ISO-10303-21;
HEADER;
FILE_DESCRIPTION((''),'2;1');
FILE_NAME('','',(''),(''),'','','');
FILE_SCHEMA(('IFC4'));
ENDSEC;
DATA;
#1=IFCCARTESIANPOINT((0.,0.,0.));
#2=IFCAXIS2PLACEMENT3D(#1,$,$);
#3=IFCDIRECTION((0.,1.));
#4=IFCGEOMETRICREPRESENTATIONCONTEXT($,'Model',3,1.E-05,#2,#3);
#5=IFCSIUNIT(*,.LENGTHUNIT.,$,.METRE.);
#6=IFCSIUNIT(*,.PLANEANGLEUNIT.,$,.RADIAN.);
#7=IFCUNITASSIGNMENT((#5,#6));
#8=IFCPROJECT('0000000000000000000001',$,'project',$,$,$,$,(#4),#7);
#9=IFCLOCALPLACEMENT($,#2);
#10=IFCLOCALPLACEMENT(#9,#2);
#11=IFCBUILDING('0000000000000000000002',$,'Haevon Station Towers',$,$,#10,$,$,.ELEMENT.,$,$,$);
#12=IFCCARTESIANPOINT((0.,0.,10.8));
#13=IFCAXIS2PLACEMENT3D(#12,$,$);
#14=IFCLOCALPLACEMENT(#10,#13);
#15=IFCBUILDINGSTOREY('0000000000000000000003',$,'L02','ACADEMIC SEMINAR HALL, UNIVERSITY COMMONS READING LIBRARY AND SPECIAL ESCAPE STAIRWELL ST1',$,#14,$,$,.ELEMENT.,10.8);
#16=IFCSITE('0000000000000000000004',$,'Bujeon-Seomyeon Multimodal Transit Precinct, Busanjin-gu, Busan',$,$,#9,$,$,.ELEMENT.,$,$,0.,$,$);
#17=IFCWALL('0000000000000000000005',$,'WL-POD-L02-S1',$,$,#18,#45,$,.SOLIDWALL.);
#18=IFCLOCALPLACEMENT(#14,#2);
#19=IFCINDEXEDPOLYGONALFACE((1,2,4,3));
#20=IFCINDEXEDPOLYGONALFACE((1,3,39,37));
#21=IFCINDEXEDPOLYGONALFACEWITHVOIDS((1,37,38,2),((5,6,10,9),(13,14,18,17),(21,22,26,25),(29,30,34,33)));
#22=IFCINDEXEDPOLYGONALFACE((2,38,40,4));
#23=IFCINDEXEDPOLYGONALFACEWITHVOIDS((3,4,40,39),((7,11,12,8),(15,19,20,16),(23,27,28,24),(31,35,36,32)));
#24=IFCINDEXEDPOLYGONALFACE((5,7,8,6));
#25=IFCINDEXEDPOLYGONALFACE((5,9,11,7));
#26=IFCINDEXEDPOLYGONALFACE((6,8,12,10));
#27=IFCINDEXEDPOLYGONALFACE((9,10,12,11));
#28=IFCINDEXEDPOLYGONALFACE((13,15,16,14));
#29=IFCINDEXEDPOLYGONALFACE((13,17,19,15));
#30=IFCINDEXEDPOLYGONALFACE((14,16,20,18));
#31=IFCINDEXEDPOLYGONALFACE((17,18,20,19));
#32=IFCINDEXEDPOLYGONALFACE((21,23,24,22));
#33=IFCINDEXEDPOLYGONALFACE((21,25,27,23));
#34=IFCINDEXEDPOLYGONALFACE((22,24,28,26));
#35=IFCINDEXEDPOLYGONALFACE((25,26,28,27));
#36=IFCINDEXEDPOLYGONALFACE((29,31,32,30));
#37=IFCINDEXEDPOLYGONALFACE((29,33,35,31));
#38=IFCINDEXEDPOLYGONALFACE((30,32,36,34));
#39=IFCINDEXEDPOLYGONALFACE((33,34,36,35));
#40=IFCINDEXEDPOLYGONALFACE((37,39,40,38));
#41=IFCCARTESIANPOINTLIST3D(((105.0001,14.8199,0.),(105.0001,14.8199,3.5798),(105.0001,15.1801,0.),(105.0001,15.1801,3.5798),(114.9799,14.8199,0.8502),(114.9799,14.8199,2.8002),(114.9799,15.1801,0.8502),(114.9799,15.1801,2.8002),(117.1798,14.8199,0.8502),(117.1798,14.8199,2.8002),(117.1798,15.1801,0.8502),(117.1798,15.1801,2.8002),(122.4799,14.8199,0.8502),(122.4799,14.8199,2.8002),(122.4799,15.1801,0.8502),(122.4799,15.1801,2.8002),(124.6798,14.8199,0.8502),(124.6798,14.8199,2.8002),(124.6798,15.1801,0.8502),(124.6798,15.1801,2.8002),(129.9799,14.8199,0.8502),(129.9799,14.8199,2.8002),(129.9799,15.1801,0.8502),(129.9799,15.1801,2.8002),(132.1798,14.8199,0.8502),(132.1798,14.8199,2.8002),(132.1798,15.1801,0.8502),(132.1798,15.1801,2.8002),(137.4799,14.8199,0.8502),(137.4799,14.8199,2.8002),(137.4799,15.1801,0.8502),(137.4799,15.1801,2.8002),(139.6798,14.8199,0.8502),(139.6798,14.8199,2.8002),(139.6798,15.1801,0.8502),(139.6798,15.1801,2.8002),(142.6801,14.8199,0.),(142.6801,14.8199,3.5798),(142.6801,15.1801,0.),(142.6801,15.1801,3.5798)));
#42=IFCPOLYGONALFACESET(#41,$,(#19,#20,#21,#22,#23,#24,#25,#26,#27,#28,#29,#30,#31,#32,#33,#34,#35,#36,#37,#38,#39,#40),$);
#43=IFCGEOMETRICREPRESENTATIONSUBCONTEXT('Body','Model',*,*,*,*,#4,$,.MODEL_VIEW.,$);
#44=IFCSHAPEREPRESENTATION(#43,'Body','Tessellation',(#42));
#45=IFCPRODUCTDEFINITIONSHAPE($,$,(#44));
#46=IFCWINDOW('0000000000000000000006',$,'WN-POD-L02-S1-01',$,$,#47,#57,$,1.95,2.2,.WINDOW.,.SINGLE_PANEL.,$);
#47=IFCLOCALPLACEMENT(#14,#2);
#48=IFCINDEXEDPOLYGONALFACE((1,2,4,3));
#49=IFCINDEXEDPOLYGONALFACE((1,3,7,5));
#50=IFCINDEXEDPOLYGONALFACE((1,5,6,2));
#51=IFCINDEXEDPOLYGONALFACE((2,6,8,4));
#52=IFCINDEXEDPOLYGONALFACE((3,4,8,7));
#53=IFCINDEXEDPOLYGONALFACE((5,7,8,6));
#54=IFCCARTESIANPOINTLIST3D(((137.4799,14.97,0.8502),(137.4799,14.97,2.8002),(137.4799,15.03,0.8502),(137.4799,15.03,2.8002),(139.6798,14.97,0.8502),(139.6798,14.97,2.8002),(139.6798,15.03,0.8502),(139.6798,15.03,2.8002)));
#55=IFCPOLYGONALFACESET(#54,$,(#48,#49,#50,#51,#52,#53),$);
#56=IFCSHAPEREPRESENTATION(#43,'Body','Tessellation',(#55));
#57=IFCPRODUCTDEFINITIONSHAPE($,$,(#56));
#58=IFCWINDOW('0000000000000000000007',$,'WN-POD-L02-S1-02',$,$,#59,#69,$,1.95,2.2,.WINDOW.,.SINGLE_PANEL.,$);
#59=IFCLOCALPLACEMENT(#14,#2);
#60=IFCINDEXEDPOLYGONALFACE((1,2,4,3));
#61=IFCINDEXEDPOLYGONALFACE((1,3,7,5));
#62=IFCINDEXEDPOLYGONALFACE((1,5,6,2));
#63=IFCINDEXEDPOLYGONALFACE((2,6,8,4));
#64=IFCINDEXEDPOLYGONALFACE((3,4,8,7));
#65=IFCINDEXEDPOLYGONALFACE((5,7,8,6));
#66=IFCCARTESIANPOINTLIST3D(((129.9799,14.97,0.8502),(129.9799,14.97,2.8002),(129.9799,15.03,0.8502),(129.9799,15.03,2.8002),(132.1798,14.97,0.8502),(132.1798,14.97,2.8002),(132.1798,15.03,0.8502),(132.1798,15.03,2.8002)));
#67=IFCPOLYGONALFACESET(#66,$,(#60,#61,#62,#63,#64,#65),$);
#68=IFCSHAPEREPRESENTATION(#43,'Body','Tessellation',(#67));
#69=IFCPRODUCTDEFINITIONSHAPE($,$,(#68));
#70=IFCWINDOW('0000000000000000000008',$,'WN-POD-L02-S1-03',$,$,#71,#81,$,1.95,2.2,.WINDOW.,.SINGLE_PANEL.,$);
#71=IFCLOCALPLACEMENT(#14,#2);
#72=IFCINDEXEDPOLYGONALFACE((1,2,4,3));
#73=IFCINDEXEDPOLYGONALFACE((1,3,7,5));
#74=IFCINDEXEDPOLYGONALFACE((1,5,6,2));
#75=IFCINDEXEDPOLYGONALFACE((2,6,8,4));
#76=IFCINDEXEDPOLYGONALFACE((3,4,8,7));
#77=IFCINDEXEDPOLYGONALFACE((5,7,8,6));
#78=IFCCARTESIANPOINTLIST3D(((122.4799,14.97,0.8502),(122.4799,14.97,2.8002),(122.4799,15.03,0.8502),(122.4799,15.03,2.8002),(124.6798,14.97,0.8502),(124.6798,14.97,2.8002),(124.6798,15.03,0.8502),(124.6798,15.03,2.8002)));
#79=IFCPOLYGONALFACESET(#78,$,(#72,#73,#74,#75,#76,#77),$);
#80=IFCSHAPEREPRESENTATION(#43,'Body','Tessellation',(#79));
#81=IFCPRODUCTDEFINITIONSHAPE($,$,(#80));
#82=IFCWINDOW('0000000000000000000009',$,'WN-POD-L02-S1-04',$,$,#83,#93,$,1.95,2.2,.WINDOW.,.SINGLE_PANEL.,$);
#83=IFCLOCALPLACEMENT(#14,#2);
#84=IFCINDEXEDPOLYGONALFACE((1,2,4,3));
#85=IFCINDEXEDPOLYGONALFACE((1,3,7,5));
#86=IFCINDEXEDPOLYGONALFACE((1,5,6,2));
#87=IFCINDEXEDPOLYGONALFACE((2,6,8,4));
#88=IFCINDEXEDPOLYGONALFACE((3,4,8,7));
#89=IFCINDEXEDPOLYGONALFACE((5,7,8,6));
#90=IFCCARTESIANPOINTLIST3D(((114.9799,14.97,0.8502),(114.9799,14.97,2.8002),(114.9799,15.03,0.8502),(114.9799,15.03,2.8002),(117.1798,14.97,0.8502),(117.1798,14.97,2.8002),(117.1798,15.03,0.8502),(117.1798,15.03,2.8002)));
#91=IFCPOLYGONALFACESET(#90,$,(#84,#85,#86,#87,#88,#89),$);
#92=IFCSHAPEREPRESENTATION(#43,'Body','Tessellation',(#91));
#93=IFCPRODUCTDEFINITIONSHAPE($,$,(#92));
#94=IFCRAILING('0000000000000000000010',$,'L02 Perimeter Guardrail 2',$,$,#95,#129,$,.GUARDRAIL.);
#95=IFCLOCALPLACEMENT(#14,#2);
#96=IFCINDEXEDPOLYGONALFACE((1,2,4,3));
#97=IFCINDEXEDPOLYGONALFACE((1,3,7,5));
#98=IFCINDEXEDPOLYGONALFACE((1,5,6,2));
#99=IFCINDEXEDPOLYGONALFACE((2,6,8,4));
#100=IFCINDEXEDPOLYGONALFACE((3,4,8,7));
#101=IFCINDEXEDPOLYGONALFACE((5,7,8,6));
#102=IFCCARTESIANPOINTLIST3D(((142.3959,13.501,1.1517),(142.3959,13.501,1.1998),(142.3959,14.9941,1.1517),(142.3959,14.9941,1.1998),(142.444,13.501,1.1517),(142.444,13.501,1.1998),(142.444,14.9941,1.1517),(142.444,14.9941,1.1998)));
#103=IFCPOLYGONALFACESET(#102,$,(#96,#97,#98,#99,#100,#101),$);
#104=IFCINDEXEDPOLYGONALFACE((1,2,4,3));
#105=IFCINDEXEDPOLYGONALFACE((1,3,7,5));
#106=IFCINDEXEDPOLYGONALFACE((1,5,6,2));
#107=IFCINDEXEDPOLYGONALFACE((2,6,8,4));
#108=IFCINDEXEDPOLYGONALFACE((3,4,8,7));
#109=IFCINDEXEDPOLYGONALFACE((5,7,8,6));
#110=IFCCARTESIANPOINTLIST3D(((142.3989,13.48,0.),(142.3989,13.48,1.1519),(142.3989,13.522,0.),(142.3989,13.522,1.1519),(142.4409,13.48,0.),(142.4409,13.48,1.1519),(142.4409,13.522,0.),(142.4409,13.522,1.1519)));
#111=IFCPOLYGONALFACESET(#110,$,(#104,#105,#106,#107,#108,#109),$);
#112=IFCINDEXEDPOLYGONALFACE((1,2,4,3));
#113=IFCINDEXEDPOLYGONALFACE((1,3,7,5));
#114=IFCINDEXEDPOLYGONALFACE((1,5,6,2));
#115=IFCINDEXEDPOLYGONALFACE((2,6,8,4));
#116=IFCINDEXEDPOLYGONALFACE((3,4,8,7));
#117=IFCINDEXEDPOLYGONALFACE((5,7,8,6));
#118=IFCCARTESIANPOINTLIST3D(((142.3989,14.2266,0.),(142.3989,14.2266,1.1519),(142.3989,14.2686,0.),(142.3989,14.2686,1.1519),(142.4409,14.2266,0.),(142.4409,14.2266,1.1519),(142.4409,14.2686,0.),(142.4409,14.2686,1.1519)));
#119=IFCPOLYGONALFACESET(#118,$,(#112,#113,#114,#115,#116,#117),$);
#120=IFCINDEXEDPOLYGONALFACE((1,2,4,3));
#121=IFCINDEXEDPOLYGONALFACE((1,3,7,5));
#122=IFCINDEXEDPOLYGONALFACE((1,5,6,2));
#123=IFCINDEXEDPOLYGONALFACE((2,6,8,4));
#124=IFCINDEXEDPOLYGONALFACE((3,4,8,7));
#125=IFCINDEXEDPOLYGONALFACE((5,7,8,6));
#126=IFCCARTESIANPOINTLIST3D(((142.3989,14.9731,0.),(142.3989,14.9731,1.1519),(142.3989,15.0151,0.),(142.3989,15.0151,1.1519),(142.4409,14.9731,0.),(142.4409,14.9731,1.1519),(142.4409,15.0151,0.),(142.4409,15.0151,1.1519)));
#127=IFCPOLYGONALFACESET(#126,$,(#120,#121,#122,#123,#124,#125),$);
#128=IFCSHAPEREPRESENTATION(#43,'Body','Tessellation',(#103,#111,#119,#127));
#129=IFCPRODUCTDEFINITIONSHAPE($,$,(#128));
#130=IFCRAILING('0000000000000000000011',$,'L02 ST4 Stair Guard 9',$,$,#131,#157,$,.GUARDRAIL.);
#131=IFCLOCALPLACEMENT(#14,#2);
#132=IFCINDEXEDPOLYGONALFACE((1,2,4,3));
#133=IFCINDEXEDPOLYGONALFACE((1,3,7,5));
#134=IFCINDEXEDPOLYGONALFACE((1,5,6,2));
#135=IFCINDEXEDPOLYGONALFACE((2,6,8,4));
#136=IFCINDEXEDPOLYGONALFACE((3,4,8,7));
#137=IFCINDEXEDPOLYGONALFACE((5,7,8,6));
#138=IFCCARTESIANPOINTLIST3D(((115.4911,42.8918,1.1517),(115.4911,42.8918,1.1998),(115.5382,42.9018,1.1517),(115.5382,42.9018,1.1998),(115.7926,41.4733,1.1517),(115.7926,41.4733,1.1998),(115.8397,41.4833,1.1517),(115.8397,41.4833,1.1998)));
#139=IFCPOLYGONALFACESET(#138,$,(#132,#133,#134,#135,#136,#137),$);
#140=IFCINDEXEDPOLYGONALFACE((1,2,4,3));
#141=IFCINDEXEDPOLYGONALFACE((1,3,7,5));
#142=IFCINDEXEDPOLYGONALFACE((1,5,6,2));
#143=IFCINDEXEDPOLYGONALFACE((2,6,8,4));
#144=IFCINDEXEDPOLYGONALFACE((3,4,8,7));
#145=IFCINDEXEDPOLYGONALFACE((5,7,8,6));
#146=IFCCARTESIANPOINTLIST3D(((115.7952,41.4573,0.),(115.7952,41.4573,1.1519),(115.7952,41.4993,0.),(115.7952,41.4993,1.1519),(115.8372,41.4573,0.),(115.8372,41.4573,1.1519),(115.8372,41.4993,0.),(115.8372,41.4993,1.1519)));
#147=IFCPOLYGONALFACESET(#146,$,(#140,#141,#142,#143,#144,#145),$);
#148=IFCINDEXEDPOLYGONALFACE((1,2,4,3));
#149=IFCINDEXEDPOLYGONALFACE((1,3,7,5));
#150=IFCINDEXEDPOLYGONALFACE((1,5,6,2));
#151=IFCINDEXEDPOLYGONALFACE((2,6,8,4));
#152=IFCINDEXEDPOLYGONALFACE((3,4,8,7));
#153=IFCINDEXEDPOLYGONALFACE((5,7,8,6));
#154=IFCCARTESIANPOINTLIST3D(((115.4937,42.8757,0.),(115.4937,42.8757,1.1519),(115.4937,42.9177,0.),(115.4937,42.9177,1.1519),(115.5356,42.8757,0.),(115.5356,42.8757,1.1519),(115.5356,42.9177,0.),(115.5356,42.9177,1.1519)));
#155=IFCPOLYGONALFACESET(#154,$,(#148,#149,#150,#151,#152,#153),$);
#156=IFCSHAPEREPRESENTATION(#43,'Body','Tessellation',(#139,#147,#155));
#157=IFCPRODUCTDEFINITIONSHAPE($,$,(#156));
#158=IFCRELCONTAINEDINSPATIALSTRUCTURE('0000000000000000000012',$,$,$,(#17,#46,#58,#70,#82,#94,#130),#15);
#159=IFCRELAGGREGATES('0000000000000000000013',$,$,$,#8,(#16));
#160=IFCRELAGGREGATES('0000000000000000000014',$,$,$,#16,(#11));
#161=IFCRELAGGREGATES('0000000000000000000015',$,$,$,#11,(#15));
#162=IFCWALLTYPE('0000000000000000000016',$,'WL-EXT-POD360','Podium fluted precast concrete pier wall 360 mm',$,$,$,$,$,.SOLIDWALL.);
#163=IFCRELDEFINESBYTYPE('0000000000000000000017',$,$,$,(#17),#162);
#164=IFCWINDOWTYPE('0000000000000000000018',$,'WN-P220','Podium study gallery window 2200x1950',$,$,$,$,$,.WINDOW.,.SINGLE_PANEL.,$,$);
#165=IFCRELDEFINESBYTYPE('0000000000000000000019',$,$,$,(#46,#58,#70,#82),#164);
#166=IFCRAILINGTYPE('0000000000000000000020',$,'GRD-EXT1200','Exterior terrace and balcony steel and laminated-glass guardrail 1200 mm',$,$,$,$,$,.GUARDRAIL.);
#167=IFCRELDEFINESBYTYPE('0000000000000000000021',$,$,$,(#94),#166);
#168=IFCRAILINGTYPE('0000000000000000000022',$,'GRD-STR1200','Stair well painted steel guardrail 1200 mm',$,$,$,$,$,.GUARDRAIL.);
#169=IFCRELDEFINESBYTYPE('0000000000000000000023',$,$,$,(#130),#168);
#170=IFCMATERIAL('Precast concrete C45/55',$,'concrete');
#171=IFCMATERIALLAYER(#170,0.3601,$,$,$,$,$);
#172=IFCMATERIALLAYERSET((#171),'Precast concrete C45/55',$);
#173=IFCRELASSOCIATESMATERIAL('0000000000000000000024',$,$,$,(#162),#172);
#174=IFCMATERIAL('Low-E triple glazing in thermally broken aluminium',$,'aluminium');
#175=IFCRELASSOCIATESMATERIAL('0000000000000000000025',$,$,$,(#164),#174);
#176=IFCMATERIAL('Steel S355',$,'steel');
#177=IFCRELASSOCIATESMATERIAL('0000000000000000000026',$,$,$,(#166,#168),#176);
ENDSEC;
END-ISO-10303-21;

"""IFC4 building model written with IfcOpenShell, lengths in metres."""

from ifc_helpers import new_model, si_unit, direction, frame, frame_2d, origin, origin_2d, place, context, subcontext, project, spatial, rectangle, extrude, material, layer, layer_set, type_object, element, fill, save


model = new_model("IFC4")

# Units and contexts
model_context = context("Model", 3, precision=1e-05, world=origin(), true_north=direction((0.0, 1.0)))
body_context = subcontext(model_context, "Body", "Model", "MODEL_VIEW")
ifc_project = project(units=[si_unit("LENGTHUNIT", "METRE"), si_unit("PLANEANGLEUNIT", "RADIAN")], contexts=[model_context])

# Site, building, storey
site_placement = place(None, origin())
site = spatial("IfcSite", under=ifc_project, at=site_placement, Name="Bujeon-Seomyeon Multimodal Transit Precinct, Busanjin-gu, Busan", CompositionType="ELEMENT", RefElevation=0.0)
building_placement = place(site_placement, origin())
building = spatial("IfcBuilding", under=site, at=building_placement, Name="Haevon Station Towers", CompositionType="ELEMENT")
storey_placement = place(building_placement, frame((0.0, 0.0, 10.8)))
storey = spatial("IfcBuildingStorey", under=building, at=storey_placement, Name="L02", Description="ACADEMIC SEMINAR HALL, UNIVERSITY COMMONS READING LIBRARY AND SPECIAL ESCAPE STAIRWELL ST1", CompositionType="ELEMENT", Elevation=10.8)

# Shared definitions
ifc_material_1 = material(Name="Steel S355", Category="steel")

# Wall, openings, windows
ifc_material_2 = material(Name="Precast concrete C45/55", Category="concrete")
ifc_layer_1 = layer(ifc_material_2, 0.3601)
ifc_layer_set_1 = layer_set([ifc_layer_1], Name="Precast concrete C45/55")
wall_type_1 = type_object("IfcWallType", Name="WL-EXT-POD360", Description="Podium fluted precast concrete pier wall 360 mm", PredefinedType="SOLIDWALL", material=ifc_layer_set_1)
wall_1_placement = place(storey_placement, frame((142.6799, 15.0, 0.0), z_axis=(0.0, 0.0, 1.0), x_axis=(-1.0, 0.0, 0.0)))
wall_1 = element("IfcWall", 1, at=wall_1_placement, inside=storey, type_object=wall_type_1, Name="WL-POD-L02-S1", PredefinedType="SOLIDWALL", context=body_context, shape_type="SweptSolid", body=[
    extrude(rectangle(XDim=37.6799, YDim=0.3601, at=frame_2d((18.8398, 0.0))), origin(), (0.0, 0.0, 1.0), 3.5798),
])
opening_1_placement = place(wall_1_placement, frame((3.0, 0.0, 0.8501)))
opening_1 = element("IfcOpeningElement", 2, at=opening_1_placement, cuts=wall_1, PredefinedType="OPENING", context=body_context, shape_type="SweptSolid", body=[
    extrude(rectangle(XDim=2.2, YDim=1.95, at=frame_2d((1.1001, 0.9751))), frame((0.0, 0.1899, 0.0), z_axis=(0.0, -1.0, 0.0), x_axis=(1.0, 0.0, 0.0)), (0.0, 0.0, 1.0), 0.3801),
])
opening_2_placement = place(wall_1_placement, frame((10.5, 0.0, 0.8501)))
opening_2 = element("IfcOpeningElement", 3, at=opening_2_placement, cuts=wall_1, PredefinedType="OPENING", context=body_context, shape_type="SweptSolid", body=[
    extrude(rectangle(XDim=2.2, YDim=1.95, at=frame_2d((1.1001, 0.9751))), frame((0.0, 0.1899, 0.0), z_axis=(0.0, -1.0, 0.0), x_axis=(1.0, 0.0, 0.0)), (0.0, 0.0, 1.0), 0.3801),
])
opening_3_placement = place(wall_1_placement, frame((18.0, 0.0, 0.8501)))
opening_3 = element("IfcOpeningElement", 4, at=opening_3_placement, cuts=wall_1, PredefinedType="OPENING", context=body_context, shape_type="SweptSolid", body=[
    extrude(rectangle(XDim=2.2, YDim=1.95, at=frame_2d((1.1001, 0.9751))), frame((0.0, 0.1899, 0.0), z_axis=(0.0, -1.0, 0.0), x_axis=(1.0, 0.0, 0.0)), (0.0, 0.0, 1.0), 0.3801),
])
opening_4_placement = place(wall_1_placement, frame((25.5, 0.0, 0.8501)))
opening_4 = element("IfcOpeningElement", 5, at=opening_4_placement, cuts=wall_1, PredefinedType="OPENING", context=body_context, shape_type="SweptSolid", body=[
    extrude(rectangle(XDim=2.2, YDim=1.95, at=frame_2d((1.1001, 0.9751))), frame((0.0, 0.1899, 0.0), z_axis=(0.0, -1.0, 0.0), x_axis=(1.0, 0.0, 0.0)), (0.0, 0.0, 1.0), 0.3801),
])
ifc_material_3 = material(Name="Low-E triple glazing in thermally broken aluminium", Category="aluminium")
window_type = type_object("IfcWindowType", Name="WN-P220", Description="Podium study gallery window 2200x1950", PartitioningType="SINGLE_PANEL", PredefinedType="WINDOW", material=ifc_material_3)
window_1_placement = place(opening_1_placement, origin())
window_1 = element("IfcWindow", 6, at=window_1_placement, inside=storey, type_object=window_type, Name="WN-POD-L02-S1-01", OverallHeight=1.95, OverallWidth=2.2, PartitioningType="SINGLE_PANEL", PredefinedType="WINDOW", context=body_context, shape_type="SweptSolid", body=[
    extrude(rectangle(XDim=2.2, YDim=1.95, at=frame_2d((1.1001, 0.9751))), frame((0.0, 0.03, 0.0), z_axis=(0.0, -1.0, 0.0), x_axis=(1.0, 0.0, 0.0)), (0.0, 0.0, 1.0), 0.0601),
])
fill(opening_1, window_1)
window_2_placement = place(opening_2_placement, origin())
window_2 = element("IfcWindow", 7, at=window_2_placement, inside=storey, type_object=window_type, Name="WN-POD-L02-S1-02", OverallHeight=1.95, OverallWidth=2.2, PartitioningType="SINGLE_PANEL", PredefinedType="WINDOW", context=body_context, shape_type="SweptSolid", body=[
    extrude(rectangle(XDim=2.2, YDim=1.95, at=frame_2d((1.1001, 0.9751))), frame((0.0, 0.03, 0.0), z_axis=(0.0, -1.0, 0.0), x_axis=(1.0, 0.0, 0.0)), (0.0, 0.0, 1.0), 0.0601),
])
fill(opening_2, window_2)
window_3_placement = place(opening_3_placement, origin())
window_3 = element("IfcWindow", 8, at=window_3_placement, inside=storey, type_object=window_type, Name="WN-POD-L02-S1-03", OverallHeight=1.95, OverallWidth=2.2, PartitioningType="SINGLE_PANEL", PredefinedType="WINDOW", context=body_context, shape_type="SweptSolid", body=[
    extrude(rectangle(XDim=2.2, YDim=1.95, at=frame_2d((1.1001, 0.9751))), frame((0.0, 0.03, 0.0), z_axis=(0.0, -1.0, 0.0), x_axis=(1.0, 0.0, 0.0)), (0.0, 0.0, 1.0), 0.0601),
])
fill(opening_3, window_3)
window_4_placement = place(opening_4_placement, origin())
window_4 = element("IfcWindow", 9, at=window_4_placement, inside=storey, type_object=window_type, Name="WN-POD-L02-S1-04", OverallHeight=1.95, OverallWidth=2.2, PartitioningType="SINGLE_PANEL", PredefinedType="WINDOW", context=body_context, shape_type="SweptSolid", body=[
    extrude(rectangle(XDim=2.2, YDim=1.95, at=frame_2d((1.1001, 0.9751))), frame((0.0, 0.03, 0.0), z_axis=(0.0, -1.0, 0.0), x_axis=(1.0, 0.0, 0.0)), (0.0, 0.0, 1.0), 0.0601),
])
fill(opening_4, window_4)

# Railings
railing_type_1 = type_object("IfcRailingType", Name="GRD-EXT1200", Description="Exterior terrace and balcony steel and laminated-glass guardrail 1200 mm", PredefinedType="GUARDRAIL", material=ifc_material_1)
railing_1_placement = place(storey_placement, frame((142.4199, 13.501, 0.0)))
element("IfcRailing", 10, at=railing_1_placement, inside=storey, type_object=railing_type_1, Name="L02 Perimeter Guardrail 2", PredefinedType="GUARDRAIL", context=body_context, shape_type="SweptSolid", body=[
    extrude(rectangle(XDim=0.0481, YDim=0.0481, at=origin_2d()), frame((0.0, 0.0, 1.1758), z_axis=(0.0, 1.0, 0.0), x_axis=(-1.0, 0.0, 0.0)), (0.0, 0.0, 1.0), 1.4932),
    extrude(rectangle(XDim=0.042, YDim=0.042, at=origin_2d()), origin(), (0.0, 0.0, 1.0), 1.1519),
    extrude(rectangle(XDim=0.042, YDim=0.042, at=origin_2d()), frame((0.0, 0.7466, 0.0)), (0.0, 0.0, 1.0), 1.1519),
    extrude(rectangle(XDim=0.042, YDim=0.042, at=origin_2d()), frame((0.0, 1.4932, 0.0)), (0.0, 0.0, 1.0), 1.1519),
])
railing_type_2 = type_object("IfcRailingType", Name="GRD-STR1200", Description="Stair well painted steel guardrail 1200 mm", PredefinedType="GUARDRAIL", material=ifc_material_1)
railing_2_placement = place(storey_placement, frame((115.8162, 41.4783, 0.0)))
element("IfcRailing", 11, at=railing_2_placement, inside=storey, type_object=railing_type_2, Name="L02 ST4 Stair Guard 9", PredefinedType="GUARDRAIL", context=body_context, shape_type="SweptSolid", body=[
    extrude(rectangle(XDim=0.0481, YDim=0.0481, at=origin_2d()), frame((0.0, 0.0, 1.1758), z_axis=(-0.207919, 0.978146, 0.0), x_axis=(-0.978146, -0.207919, 0.0)), (0.0, 0.0, 1.0), 1.4502),
    extrude(rectangle(XDim=0.042, YDim=0.042, at=origin_2d()), origin(), (0.0, 0.0, 1.0), 1.1519),
    extrude(rectangle(XDim=0.042, YDim=0.042, at=origin_2d()), frame((-0.3015, 1.4185, 0.0)), (0.0, 0.0, 1.0), 1.1519),
])

save(model, "model.ifc")
